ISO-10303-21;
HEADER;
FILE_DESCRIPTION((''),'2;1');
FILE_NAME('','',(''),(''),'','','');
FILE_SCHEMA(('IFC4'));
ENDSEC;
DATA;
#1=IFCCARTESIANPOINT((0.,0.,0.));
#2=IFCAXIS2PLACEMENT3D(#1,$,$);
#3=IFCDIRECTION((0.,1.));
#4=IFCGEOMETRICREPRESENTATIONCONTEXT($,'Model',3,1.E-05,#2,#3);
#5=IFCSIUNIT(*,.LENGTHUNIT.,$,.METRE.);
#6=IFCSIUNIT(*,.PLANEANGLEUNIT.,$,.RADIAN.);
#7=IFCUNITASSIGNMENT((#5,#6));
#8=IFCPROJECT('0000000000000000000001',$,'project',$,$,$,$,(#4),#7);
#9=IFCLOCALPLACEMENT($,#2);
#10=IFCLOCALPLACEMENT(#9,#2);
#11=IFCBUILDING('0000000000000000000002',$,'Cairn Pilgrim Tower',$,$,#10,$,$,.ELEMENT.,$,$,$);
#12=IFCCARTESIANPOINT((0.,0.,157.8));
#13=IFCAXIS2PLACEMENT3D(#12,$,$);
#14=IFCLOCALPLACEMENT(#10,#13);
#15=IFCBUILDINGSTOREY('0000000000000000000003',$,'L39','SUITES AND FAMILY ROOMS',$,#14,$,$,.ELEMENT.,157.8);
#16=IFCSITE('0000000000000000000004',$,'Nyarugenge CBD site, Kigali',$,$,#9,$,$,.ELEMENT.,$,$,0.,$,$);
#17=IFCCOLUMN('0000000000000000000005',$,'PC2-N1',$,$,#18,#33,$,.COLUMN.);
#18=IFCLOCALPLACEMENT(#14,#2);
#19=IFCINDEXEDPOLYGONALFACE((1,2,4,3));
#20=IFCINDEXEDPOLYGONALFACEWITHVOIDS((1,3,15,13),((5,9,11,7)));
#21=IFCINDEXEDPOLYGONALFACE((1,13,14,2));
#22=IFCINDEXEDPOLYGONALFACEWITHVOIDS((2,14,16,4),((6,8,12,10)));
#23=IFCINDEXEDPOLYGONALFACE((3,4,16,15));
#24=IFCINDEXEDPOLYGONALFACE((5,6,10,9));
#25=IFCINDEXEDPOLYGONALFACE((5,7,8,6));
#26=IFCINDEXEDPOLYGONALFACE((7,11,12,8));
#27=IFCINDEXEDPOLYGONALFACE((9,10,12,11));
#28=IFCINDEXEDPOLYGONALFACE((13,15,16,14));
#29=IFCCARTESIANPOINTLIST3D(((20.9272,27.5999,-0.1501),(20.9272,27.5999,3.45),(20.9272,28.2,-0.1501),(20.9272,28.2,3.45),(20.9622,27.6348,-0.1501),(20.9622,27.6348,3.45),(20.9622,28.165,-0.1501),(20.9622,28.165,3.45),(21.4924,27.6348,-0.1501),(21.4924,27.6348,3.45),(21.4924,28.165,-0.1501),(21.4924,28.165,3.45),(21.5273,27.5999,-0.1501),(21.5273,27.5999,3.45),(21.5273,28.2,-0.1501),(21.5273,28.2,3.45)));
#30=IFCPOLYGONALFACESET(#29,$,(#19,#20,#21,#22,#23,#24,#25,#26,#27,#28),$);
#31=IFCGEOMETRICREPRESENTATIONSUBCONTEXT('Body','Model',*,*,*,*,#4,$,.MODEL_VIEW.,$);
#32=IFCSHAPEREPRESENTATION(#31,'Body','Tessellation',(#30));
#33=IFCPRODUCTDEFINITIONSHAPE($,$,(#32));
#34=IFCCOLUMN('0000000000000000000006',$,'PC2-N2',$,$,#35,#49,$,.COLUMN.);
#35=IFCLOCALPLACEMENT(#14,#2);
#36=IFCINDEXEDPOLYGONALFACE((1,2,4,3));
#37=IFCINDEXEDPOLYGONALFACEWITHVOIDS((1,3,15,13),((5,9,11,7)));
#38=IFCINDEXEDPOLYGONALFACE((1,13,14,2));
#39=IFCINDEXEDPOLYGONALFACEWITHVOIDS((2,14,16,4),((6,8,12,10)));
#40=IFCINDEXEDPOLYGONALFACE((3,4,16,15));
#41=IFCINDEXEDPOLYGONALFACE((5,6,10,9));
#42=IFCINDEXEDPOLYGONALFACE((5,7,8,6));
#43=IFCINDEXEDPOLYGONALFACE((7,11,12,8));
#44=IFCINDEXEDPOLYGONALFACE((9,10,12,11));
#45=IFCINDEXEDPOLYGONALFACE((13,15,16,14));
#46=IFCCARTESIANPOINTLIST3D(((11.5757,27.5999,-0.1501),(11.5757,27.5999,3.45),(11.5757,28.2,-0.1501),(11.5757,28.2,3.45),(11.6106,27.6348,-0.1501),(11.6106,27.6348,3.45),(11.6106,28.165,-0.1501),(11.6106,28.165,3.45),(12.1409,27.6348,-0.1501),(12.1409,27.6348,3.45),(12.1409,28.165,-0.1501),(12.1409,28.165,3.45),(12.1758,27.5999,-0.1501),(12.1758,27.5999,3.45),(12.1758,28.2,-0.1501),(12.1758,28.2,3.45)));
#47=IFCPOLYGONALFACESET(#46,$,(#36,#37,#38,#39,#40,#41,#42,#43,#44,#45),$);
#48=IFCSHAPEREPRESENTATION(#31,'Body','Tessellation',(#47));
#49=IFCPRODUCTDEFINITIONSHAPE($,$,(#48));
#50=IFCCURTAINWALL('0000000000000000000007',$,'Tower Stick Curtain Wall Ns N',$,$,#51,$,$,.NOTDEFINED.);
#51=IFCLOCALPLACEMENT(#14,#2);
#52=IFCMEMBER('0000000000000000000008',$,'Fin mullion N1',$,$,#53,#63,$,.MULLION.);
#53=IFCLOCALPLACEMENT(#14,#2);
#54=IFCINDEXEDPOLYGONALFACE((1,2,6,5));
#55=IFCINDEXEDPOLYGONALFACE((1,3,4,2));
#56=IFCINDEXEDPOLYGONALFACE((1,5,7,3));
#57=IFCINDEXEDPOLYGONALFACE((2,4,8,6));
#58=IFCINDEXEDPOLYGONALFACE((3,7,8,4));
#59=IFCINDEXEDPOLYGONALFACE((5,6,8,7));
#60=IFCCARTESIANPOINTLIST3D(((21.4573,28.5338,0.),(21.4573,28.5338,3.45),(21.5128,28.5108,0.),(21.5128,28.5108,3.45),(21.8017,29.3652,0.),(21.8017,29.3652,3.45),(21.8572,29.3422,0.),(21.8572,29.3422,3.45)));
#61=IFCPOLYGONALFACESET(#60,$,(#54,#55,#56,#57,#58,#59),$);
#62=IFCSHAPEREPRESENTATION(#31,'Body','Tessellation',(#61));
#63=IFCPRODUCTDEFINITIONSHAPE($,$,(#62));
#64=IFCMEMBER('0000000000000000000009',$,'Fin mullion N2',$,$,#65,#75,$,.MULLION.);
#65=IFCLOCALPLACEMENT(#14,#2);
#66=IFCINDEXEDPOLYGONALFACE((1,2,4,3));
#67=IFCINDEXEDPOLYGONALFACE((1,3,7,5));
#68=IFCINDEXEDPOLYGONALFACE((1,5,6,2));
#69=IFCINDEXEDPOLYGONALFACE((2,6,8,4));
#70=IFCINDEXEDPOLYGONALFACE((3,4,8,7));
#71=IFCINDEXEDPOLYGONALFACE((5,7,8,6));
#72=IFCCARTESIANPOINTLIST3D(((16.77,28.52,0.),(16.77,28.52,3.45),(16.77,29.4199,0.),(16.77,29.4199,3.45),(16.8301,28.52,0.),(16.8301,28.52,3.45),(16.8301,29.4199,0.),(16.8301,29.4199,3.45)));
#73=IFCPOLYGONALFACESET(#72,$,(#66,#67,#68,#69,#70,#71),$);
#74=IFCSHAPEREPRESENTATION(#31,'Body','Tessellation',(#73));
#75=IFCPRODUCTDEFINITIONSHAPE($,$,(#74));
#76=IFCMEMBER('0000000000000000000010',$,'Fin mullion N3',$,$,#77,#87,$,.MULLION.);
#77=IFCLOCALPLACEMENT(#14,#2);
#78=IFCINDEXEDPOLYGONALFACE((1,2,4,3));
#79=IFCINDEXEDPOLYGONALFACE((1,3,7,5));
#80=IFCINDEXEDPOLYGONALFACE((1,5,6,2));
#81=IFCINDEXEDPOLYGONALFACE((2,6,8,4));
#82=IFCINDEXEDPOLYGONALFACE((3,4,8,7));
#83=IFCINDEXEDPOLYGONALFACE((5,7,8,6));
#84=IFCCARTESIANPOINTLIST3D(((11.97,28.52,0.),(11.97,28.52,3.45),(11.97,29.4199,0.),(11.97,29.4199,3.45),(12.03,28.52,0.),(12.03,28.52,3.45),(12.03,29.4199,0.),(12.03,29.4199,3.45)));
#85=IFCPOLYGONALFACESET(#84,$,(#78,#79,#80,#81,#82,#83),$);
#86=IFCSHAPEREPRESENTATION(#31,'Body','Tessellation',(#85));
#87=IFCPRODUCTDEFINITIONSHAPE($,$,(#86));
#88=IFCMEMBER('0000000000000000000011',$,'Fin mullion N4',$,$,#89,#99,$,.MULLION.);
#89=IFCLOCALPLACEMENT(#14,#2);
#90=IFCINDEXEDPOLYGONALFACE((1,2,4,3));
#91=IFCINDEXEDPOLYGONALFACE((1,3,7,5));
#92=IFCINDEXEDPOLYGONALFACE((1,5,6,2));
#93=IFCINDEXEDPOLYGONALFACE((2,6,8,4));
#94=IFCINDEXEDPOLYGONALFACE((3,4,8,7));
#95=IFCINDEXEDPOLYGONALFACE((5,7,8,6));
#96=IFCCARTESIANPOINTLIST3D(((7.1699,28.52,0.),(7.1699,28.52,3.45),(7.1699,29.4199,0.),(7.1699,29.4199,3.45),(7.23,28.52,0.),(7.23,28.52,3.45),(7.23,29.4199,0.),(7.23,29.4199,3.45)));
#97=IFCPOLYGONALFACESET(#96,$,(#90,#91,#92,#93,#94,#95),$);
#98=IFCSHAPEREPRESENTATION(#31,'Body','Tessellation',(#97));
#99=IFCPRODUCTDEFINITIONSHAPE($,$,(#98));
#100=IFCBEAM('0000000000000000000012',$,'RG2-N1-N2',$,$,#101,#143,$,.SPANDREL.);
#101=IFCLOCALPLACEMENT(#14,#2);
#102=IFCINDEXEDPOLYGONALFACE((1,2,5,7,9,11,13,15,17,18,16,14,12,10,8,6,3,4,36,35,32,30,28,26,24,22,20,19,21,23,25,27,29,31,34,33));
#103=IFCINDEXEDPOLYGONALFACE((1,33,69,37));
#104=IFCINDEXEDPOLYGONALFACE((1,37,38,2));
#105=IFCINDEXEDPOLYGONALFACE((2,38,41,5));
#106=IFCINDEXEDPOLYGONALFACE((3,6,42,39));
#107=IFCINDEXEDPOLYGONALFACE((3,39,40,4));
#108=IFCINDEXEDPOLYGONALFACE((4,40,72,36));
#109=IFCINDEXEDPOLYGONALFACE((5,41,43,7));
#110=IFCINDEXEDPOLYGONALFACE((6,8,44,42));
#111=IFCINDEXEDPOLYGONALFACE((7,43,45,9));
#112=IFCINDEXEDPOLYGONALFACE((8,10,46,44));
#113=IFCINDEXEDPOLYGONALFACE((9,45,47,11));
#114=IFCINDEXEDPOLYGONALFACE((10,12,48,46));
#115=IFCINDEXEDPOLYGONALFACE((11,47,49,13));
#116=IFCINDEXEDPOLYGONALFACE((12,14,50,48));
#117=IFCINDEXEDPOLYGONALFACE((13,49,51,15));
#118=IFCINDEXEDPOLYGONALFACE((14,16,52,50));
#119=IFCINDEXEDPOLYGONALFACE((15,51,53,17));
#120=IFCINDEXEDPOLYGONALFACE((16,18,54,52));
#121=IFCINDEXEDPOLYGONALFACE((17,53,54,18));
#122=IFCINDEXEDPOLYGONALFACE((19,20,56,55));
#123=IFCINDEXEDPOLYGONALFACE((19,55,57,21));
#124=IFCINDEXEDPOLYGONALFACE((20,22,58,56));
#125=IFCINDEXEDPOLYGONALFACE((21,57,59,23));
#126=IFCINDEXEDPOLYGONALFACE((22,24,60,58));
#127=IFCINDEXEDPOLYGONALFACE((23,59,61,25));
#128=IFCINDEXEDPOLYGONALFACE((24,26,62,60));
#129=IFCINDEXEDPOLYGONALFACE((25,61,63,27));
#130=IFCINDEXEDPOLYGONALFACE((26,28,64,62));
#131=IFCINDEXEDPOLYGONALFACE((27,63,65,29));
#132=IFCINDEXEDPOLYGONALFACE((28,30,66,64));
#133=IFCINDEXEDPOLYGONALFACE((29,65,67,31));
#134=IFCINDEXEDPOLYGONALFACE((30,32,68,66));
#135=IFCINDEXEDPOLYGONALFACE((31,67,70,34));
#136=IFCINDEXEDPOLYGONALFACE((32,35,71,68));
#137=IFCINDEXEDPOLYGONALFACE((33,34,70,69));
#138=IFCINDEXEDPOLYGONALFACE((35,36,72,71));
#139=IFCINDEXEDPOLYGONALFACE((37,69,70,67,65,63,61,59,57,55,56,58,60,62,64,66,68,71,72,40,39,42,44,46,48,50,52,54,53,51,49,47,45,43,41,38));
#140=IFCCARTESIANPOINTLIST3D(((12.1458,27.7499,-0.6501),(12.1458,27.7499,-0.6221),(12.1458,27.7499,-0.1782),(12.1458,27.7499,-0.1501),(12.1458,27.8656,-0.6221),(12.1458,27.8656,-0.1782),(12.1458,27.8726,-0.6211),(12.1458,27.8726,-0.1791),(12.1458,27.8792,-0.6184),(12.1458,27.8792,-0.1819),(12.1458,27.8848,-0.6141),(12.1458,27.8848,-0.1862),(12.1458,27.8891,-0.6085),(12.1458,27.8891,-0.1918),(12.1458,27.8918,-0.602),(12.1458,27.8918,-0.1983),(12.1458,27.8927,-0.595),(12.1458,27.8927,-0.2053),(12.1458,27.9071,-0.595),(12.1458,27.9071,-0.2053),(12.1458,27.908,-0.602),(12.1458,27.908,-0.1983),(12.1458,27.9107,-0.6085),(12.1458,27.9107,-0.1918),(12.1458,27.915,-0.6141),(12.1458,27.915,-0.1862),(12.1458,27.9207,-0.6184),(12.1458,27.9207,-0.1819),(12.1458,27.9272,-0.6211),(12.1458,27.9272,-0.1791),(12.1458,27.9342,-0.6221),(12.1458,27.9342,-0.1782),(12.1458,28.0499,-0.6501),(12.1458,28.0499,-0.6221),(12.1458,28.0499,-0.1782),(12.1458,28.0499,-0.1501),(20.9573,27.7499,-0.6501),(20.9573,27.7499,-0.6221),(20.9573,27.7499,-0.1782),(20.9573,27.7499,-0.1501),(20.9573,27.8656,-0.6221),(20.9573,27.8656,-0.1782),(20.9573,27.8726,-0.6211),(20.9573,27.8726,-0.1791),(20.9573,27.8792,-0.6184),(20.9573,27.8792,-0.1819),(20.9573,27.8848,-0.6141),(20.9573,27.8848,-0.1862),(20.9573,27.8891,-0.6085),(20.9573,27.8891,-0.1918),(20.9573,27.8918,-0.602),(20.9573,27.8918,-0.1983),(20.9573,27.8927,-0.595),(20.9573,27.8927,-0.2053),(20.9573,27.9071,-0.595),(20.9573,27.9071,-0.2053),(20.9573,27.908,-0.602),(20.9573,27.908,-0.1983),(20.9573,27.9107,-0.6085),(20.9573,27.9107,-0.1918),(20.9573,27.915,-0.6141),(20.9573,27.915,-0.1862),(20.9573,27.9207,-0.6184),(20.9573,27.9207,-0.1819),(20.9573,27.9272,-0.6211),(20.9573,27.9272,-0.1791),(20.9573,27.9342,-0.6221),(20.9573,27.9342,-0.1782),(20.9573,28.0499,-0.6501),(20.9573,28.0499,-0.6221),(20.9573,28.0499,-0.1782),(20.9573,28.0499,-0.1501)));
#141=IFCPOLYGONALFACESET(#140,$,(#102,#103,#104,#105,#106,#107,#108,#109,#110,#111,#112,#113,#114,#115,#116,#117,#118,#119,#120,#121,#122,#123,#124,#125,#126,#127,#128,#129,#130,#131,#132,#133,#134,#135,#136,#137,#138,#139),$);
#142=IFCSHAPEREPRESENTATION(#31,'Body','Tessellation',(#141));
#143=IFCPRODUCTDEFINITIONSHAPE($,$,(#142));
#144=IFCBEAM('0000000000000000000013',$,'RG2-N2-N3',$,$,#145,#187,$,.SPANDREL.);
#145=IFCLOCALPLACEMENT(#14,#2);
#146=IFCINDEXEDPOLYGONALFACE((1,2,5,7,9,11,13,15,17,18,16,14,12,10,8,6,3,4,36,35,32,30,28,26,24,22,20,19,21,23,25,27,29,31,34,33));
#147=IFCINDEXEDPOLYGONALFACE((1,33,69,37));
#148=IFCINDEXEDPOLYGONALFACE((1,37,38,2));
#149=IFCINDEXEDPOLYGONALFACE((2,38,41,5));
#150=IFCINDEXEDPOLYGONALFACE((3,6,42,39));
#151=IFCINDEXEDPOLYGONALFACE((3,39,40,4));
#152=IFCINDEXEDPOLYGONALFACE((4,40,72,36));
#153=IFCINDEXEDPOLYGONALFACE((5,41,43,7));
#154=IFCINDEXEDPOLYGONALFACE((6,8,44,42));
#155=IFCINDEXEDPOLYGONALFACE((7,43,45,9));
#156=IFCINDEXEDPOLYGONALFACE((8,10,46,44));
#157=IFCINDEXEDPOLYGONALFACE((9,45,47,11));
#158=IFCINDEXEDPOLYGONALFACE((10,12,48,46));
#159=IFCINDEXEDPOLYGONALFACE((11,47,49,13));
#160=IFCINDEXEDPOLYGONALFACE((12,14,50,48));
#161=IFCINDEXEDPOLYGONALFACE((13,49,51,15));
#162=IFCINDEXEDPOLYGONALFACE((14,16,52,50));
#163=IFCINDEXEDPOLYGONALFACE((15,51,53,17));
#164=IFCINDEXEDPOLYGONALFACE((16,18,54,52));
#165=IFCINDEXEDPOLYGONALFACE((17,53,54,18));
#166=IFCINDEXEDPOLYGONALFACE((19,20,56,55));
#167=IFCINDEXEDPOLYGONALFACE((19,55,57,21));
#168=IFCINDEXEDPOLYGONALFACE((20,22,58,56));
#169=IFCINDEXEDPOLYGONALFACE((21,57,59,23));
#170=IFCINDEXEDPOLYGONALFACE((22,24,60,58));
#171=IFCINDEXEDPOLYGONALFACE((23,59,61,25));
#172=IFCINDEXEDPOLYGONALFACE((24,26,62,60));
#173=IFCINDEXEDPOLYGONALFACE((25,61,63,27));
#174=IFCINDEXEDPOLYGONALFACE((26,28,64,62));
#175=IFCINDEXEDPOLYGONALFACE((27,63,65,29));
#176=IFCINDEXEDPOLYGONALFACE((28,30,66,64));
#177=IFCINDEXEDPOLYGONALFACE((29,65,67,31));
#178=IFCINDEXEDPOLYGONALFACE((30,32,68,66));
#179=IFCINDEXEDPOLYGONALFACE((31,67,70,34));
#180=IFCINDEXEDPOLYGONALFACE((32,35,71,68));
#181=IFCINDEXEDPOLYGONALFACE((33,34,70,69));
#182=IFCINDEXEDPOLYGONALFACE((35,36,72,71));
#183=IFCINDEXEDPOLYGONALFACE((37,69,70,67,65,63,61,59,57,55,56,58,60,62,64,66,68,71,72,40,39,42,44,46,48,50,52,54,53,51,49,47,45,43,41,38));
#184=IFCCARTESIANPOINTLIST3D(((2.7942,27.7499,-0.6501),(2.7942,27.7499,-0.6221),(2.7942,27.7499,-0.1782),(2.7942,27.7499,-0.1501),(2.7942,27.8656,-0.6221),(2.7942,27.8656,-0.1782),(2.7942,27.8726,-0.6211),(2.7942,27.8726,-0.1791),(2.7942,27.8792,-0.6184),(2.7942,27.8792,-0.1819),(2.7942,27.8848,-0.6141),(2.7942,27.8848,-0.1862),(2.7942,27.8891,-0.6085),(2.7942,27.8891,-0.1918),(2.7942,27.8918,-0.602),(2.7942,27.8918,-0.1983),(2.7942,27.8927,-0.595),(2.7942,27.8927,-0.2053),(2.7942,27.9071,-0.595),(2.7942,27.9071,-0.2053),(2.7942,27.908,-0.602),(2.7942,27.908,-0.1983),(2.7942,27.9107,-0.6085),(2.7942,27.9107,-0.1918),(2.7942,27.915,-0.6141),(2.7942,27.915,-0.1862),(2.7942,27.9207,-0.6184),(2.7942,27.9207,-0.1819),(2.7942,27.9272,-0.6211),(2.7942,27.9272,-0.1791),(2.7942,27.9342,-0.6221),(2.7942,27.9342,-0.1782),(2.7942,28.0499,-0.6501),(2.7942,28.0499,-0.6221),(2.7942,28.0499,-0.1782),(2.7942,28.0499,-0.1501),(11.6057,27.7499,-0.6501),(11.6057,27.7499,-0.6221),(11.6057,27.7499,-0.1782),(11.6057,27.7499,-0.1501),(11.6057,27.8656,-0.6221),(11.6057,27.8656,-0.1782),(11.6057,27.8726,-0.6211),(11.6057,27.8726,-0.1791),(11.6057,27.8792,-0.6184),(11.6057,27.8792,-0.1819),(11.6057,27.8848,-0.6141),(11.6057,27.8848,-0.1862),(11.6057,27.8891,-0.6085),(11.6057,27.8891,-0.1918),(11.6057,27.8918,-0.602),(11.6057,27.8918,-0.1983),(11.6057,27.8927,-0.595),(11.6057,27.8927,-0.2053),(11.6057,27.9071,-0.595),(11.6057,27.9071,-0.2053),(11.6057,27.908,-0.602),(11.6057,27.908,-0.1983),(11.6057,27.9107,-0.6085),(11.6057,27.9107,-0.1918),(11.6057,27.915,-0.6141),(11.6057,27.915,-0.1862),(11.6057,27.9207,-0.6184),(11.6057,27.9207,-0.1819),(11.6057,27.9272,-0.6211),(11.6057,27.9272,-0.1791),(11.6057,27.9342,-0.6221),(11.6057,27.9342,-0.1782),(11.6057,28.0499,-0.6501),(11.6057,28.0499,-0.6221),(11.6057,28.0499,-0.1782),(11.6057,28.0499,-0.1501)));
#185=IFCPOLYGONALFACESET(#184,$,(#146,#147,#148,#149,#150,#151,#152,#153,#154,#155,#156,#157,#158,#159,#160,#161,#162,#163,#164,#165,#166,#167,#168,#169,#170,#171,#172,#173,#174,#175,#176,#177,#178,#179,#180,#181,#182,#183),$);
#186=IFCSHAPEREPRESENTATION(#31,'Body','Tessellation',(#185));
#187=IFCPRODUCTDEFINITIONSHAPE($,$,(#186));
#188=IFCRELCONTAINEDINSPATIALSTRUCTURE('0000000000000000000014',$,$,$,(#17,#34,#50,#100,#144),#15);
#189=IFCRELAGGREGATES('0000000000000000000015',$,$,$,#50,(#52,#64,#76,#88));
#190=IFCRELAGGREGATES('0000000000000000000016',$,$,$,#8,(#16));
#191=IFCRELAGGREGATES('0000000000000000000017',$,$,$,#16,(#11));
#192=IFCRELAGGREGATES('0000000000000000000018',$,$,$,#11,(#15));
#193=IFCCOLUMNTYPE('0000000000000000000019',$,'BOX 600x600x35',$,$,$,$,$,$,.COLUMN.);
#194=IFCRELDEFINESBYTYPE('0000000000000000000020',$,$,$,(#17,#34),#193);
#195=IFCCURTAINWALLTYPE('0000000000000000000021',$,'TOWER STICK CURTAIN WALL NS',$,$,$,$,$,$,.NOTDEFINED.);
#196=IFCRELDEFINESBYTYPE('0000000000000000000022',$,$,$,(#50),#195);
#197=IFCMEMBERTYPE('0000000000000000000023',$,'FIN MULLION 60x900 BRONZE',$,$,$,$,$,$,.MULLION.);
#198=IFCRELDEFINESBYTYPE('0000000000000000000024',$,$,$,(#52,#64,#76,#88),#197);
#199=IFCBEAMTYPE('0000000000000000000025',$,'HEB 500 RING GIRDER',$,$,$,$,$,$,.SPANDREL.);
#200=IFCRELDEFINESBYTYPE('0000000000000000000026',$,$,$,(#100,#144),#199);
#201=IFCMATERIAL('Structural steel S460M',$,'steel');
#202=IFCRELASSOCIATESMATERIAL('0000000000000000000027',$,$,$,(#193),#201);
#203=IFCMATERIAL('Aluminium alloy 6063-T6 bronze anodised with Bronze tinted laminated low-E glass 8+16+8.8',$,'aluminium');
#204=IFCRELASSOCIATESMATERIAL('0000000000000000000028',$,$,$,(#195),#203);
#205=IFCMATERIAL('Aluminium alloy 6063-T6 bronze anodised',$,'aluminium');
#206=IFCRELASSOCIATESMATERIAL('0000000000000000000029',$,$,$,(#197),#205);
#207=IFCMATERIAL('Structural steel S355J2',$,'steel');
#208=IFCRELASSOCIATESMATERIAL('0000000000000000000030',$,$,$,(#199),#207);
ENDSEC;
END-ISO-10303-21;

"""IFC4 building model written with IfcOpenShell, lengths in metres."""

from ifc_helpers import new_model, si_unit, direction, frame, origin, origin_2d, place, context, subcontext, project, spatial, rectangle, hollow_rectangle, i_section, extrude, material, material_profile, profile_set, type_object, element, aggregate, save


model = new_model("IFC4")

# Units and contexts
model_context = context("Model", 3, precision=1e-05, world=origin(), true_north=direction((0.0, 1.0)))
body_context = subcontext(model_context, "Body", "Model", "MODEL_VIEW")
ifc_project = project(units=[si_unit("LENGTHUNIT", "METRE"), si_unit("PLANEANGLEUNIT", "RADIAN")], contexts=[model_context])

# Site, building, storey
site_placement = place(None, origin())
site = spatial("IfcSite", under=ifc_project, at=site_placement, Name="Nyarugenge CBD site, Kigali", CompositionType="ELEMENT", RefElevation=0.0)
building_placement = place(site_placement, origin())
building = spatial("IfcBuilding", under=site, at=building_placement, Name="Cairn Pilgrim Tower", CompositionType="ELEMENT")
storey_placement = place(building_placement, frame((0.0, 0.0, 157.8)))
storey = spatial("IfcBuildingStorey", under=building, at=storey_placement, Name="L39", Description="SUITES AND FAMILY ROOMS", CompositionType="ELEMENT", Elevation=157.8)

# Columns
ifc_material_1 = material(Name="Structural steel S460M", Category="steel")
ifc_material_profile_1 = material_profile(ifc_material_1, hollow_rectangle(XDim=0.6001, YDim=0.6001, WallThickness=0.0349, at=origin_2d()), Name="BOX 600x600x35")
ifc_profile_set_1 = profile_set([ifc_material_profile_1], Name="Structural steel S460M")
column_type = type_object("IfcColumnType", Name="BOX 600x600x35", PredefinedType="COLUMN", material=ifc_profile_set_1)
for number, where, z_axis, x_axis, name in (
    (1, (21.2273, 27.8999, -0.1501), (0.0, 0.0, 1.0), (1.0, 0.0, 0.0), "PC2-N1"),
    (2, (11.8757, 27.8999, -0.1501), (0.0, 0.0, 1.0), (1.0, 0.0, 0.0), "PC2-N2"),
):
    element("IfcColumn", number, at=place(storey_placement, frame(where, z_axis=z_axis, x_axis=x_axis)), inside=storey, type_object=column_type, Name=name, PredefinedType="COLUMN", context=body_context, shape_type="SweptSolid", body=[
        extrude(hollow_rectangle(XDim=0.6001, YDim=0.6001, WallThickness=0.0349, at=origin_2d()), origin(), (0.0, 0.0, 1.0), 3.6001),
    ])

# Curtain wall, members
ifc_material_2 = material(Name="Aluminium alloy 6063-T6 bronze anodised with Bronze tinted laminated low-E glass 8+16+8.8", Category="aluminium")
curtain_wall_type = type_object("IfcCurtainWallType", Name="TOWER STICK CURTAIN WALL NS", PredefinedType="NOTDEFINED", material=ifc_material_2)
curtain_wall_placement = place(storey_placement, origin())
curtain_wall = element("IfcCurtainWall", 3, at=curtain_wall_placement, inside=storey, type_object=curtain_wall_type, Name="Tower Stick Curtain Wall Ns N", PredefinedType="NOTDEFINED")
ifc_material_3 = material(Name="Aluminium alloy 6063-T6 bronze anodised", Category="aluminium")
ifc_material_profile_2 = material_profile(ifc_material_3, rectangle(XDim=0.8999, YDim=0.0601, at=origin_2d()), Name="FIN MULLION 60x900 BRONZE")
ifc_profile_set_2 = profile_set([ifc_material_profile_2], Name="Aluminium alloy 6063-T6 bronze anodised")
member_type_1 = type_object("IfcMemberType", Name="FIN MULLION 60x900 BRONZE", PredefinedType="MULLION", material=ifc_profile_set_2)
member_1_placement = place(storey_placement, frame((21.6572, 28.938, 0.0), z_axis=(0.0, 0.0, 1.0), x_axis=(0.382683, 0.92388, 0.0)))
member_1 = element("IfcMember", 4, at=member_1_placement, type_object=member_type_1, Name="Fin mullion N1", PredefinedType="MULLION", context=body_context, shape_type="SweptSolid", body=[
    extrude(rectangle(XDim=0.8999, YDim=0.0601, at=origin_2d()), origin(), (0.0, 0.0, 1.0), 3.45),
])
member_2_placement = place(storey_placement, frame((16.8, 28.97, 0.0), z_axis=(0.0, 0.0, 1.0), x_axis=(0.0, 1.0, 0.0)))
member_2 = element("IfcMember", 5, at=member_2_placement, type_object=member_type_1, Name="Fin mullion N2", PredefinedType="MULLION", context=body_context, shape_type="SweptSolid", body=[
    extrude(rectangle(XDim=0.8999, YDim=0.0601, at=origin_2d()), origin(), (0.0, 0.0, 1.0), 3.45),
])
member_3_placement = place(storey_placement, frame((12.0, 28.97, 0.0), z_axis=(0.0, 0.0, 1.0), x_axis=(0.0, 1.0, 0.0)))
member_3 = element("IfcMember", 6, at=member_3_placement, type_object=member_type_1, Name="Fin mullion N3", PredefinedType="MULLION", context=body_context, shape_type="SweptSolid", body=[
    extrude(rectangle(XDim=0.8999, YDim=0.0601, at=origin_2d()), origin(), (0.0, 0.0, 1.0), 3.45),
])
member_4_placement = place(storey_placement, frame((7.2, 28.97, 0.0), z_axis=(0.0, 0.0, 1.0), x_axis=(0.0, 1.0, 0.0)))
member_4 = element("IfcMember", 7, at=member_4_placement, type_object=member_type_1, Name="Fin mullion N4", PredefinedType="MULLION", context=body_context, shape_type="SweptSolid", body=[
    extrude(rectangle(XDim=0.8999, YDim=0.0601, at=origin_2d()), origin(), (0.0, 0.0, 1.0), 3.45),
])

# Beams
ifc_material_4 = material(Name="Structural steel S355J2", Category="steel")
ifc_material_profile_3 = material_profile(ifc_material_4, i_section(OverallWidth=0.3, OverallDepth=0.5, WebThickness=0.0144, FlangeThickness=0.0281, FilletRadius=0.0271, at=origin_2d()), Name="HEB 500")
ifc_profile_set_3 = profile_set([ifc_material_profile_3], Name="Structural steel S355J2")
beam_type_1 = type_object("IfcBeamType", Name="HEB 500 RING GIRDER", PredefinedType="SPANDREL", material=ifc_profile_set_3)
for number, where, z_axis, x_axis, name in (
    (8, (20.9573, 27.8999, -0.4001), (-1.0, 0.0, 0.0), (0.0, -1.0, 0.0), "RG2-N1-N2"),
    (9, (11.6057, 27.8999, -0.4001), (-1.0, 0.0, 0.0), (0.0, -1.0, 0.0), "RG2-N2-N3"),
):
    element("IfcBeam", number, at=place(storey_placement, frame(where, z_axis=z_axis, x_axis=x_axis)), inside=storey, type_object=beam_type_1, Name=name, PredefinedType="SPANDREL", context=body_context, shape_type="SweptSolid", body=[
        extrude(i_section(OverallWidth=0.3, OverallDepth=0.5, WebThickness=0.0144, FlangeThickness=0.0281, FilletRadius=0.0271, at=origin_2d()), origin(), (0.0, 0.0, 1.0), 8.8115),
    ])

aggregate(curtain_wall, [member_1, member_2, member_3, member_4])

save(model, "model.ifc")
